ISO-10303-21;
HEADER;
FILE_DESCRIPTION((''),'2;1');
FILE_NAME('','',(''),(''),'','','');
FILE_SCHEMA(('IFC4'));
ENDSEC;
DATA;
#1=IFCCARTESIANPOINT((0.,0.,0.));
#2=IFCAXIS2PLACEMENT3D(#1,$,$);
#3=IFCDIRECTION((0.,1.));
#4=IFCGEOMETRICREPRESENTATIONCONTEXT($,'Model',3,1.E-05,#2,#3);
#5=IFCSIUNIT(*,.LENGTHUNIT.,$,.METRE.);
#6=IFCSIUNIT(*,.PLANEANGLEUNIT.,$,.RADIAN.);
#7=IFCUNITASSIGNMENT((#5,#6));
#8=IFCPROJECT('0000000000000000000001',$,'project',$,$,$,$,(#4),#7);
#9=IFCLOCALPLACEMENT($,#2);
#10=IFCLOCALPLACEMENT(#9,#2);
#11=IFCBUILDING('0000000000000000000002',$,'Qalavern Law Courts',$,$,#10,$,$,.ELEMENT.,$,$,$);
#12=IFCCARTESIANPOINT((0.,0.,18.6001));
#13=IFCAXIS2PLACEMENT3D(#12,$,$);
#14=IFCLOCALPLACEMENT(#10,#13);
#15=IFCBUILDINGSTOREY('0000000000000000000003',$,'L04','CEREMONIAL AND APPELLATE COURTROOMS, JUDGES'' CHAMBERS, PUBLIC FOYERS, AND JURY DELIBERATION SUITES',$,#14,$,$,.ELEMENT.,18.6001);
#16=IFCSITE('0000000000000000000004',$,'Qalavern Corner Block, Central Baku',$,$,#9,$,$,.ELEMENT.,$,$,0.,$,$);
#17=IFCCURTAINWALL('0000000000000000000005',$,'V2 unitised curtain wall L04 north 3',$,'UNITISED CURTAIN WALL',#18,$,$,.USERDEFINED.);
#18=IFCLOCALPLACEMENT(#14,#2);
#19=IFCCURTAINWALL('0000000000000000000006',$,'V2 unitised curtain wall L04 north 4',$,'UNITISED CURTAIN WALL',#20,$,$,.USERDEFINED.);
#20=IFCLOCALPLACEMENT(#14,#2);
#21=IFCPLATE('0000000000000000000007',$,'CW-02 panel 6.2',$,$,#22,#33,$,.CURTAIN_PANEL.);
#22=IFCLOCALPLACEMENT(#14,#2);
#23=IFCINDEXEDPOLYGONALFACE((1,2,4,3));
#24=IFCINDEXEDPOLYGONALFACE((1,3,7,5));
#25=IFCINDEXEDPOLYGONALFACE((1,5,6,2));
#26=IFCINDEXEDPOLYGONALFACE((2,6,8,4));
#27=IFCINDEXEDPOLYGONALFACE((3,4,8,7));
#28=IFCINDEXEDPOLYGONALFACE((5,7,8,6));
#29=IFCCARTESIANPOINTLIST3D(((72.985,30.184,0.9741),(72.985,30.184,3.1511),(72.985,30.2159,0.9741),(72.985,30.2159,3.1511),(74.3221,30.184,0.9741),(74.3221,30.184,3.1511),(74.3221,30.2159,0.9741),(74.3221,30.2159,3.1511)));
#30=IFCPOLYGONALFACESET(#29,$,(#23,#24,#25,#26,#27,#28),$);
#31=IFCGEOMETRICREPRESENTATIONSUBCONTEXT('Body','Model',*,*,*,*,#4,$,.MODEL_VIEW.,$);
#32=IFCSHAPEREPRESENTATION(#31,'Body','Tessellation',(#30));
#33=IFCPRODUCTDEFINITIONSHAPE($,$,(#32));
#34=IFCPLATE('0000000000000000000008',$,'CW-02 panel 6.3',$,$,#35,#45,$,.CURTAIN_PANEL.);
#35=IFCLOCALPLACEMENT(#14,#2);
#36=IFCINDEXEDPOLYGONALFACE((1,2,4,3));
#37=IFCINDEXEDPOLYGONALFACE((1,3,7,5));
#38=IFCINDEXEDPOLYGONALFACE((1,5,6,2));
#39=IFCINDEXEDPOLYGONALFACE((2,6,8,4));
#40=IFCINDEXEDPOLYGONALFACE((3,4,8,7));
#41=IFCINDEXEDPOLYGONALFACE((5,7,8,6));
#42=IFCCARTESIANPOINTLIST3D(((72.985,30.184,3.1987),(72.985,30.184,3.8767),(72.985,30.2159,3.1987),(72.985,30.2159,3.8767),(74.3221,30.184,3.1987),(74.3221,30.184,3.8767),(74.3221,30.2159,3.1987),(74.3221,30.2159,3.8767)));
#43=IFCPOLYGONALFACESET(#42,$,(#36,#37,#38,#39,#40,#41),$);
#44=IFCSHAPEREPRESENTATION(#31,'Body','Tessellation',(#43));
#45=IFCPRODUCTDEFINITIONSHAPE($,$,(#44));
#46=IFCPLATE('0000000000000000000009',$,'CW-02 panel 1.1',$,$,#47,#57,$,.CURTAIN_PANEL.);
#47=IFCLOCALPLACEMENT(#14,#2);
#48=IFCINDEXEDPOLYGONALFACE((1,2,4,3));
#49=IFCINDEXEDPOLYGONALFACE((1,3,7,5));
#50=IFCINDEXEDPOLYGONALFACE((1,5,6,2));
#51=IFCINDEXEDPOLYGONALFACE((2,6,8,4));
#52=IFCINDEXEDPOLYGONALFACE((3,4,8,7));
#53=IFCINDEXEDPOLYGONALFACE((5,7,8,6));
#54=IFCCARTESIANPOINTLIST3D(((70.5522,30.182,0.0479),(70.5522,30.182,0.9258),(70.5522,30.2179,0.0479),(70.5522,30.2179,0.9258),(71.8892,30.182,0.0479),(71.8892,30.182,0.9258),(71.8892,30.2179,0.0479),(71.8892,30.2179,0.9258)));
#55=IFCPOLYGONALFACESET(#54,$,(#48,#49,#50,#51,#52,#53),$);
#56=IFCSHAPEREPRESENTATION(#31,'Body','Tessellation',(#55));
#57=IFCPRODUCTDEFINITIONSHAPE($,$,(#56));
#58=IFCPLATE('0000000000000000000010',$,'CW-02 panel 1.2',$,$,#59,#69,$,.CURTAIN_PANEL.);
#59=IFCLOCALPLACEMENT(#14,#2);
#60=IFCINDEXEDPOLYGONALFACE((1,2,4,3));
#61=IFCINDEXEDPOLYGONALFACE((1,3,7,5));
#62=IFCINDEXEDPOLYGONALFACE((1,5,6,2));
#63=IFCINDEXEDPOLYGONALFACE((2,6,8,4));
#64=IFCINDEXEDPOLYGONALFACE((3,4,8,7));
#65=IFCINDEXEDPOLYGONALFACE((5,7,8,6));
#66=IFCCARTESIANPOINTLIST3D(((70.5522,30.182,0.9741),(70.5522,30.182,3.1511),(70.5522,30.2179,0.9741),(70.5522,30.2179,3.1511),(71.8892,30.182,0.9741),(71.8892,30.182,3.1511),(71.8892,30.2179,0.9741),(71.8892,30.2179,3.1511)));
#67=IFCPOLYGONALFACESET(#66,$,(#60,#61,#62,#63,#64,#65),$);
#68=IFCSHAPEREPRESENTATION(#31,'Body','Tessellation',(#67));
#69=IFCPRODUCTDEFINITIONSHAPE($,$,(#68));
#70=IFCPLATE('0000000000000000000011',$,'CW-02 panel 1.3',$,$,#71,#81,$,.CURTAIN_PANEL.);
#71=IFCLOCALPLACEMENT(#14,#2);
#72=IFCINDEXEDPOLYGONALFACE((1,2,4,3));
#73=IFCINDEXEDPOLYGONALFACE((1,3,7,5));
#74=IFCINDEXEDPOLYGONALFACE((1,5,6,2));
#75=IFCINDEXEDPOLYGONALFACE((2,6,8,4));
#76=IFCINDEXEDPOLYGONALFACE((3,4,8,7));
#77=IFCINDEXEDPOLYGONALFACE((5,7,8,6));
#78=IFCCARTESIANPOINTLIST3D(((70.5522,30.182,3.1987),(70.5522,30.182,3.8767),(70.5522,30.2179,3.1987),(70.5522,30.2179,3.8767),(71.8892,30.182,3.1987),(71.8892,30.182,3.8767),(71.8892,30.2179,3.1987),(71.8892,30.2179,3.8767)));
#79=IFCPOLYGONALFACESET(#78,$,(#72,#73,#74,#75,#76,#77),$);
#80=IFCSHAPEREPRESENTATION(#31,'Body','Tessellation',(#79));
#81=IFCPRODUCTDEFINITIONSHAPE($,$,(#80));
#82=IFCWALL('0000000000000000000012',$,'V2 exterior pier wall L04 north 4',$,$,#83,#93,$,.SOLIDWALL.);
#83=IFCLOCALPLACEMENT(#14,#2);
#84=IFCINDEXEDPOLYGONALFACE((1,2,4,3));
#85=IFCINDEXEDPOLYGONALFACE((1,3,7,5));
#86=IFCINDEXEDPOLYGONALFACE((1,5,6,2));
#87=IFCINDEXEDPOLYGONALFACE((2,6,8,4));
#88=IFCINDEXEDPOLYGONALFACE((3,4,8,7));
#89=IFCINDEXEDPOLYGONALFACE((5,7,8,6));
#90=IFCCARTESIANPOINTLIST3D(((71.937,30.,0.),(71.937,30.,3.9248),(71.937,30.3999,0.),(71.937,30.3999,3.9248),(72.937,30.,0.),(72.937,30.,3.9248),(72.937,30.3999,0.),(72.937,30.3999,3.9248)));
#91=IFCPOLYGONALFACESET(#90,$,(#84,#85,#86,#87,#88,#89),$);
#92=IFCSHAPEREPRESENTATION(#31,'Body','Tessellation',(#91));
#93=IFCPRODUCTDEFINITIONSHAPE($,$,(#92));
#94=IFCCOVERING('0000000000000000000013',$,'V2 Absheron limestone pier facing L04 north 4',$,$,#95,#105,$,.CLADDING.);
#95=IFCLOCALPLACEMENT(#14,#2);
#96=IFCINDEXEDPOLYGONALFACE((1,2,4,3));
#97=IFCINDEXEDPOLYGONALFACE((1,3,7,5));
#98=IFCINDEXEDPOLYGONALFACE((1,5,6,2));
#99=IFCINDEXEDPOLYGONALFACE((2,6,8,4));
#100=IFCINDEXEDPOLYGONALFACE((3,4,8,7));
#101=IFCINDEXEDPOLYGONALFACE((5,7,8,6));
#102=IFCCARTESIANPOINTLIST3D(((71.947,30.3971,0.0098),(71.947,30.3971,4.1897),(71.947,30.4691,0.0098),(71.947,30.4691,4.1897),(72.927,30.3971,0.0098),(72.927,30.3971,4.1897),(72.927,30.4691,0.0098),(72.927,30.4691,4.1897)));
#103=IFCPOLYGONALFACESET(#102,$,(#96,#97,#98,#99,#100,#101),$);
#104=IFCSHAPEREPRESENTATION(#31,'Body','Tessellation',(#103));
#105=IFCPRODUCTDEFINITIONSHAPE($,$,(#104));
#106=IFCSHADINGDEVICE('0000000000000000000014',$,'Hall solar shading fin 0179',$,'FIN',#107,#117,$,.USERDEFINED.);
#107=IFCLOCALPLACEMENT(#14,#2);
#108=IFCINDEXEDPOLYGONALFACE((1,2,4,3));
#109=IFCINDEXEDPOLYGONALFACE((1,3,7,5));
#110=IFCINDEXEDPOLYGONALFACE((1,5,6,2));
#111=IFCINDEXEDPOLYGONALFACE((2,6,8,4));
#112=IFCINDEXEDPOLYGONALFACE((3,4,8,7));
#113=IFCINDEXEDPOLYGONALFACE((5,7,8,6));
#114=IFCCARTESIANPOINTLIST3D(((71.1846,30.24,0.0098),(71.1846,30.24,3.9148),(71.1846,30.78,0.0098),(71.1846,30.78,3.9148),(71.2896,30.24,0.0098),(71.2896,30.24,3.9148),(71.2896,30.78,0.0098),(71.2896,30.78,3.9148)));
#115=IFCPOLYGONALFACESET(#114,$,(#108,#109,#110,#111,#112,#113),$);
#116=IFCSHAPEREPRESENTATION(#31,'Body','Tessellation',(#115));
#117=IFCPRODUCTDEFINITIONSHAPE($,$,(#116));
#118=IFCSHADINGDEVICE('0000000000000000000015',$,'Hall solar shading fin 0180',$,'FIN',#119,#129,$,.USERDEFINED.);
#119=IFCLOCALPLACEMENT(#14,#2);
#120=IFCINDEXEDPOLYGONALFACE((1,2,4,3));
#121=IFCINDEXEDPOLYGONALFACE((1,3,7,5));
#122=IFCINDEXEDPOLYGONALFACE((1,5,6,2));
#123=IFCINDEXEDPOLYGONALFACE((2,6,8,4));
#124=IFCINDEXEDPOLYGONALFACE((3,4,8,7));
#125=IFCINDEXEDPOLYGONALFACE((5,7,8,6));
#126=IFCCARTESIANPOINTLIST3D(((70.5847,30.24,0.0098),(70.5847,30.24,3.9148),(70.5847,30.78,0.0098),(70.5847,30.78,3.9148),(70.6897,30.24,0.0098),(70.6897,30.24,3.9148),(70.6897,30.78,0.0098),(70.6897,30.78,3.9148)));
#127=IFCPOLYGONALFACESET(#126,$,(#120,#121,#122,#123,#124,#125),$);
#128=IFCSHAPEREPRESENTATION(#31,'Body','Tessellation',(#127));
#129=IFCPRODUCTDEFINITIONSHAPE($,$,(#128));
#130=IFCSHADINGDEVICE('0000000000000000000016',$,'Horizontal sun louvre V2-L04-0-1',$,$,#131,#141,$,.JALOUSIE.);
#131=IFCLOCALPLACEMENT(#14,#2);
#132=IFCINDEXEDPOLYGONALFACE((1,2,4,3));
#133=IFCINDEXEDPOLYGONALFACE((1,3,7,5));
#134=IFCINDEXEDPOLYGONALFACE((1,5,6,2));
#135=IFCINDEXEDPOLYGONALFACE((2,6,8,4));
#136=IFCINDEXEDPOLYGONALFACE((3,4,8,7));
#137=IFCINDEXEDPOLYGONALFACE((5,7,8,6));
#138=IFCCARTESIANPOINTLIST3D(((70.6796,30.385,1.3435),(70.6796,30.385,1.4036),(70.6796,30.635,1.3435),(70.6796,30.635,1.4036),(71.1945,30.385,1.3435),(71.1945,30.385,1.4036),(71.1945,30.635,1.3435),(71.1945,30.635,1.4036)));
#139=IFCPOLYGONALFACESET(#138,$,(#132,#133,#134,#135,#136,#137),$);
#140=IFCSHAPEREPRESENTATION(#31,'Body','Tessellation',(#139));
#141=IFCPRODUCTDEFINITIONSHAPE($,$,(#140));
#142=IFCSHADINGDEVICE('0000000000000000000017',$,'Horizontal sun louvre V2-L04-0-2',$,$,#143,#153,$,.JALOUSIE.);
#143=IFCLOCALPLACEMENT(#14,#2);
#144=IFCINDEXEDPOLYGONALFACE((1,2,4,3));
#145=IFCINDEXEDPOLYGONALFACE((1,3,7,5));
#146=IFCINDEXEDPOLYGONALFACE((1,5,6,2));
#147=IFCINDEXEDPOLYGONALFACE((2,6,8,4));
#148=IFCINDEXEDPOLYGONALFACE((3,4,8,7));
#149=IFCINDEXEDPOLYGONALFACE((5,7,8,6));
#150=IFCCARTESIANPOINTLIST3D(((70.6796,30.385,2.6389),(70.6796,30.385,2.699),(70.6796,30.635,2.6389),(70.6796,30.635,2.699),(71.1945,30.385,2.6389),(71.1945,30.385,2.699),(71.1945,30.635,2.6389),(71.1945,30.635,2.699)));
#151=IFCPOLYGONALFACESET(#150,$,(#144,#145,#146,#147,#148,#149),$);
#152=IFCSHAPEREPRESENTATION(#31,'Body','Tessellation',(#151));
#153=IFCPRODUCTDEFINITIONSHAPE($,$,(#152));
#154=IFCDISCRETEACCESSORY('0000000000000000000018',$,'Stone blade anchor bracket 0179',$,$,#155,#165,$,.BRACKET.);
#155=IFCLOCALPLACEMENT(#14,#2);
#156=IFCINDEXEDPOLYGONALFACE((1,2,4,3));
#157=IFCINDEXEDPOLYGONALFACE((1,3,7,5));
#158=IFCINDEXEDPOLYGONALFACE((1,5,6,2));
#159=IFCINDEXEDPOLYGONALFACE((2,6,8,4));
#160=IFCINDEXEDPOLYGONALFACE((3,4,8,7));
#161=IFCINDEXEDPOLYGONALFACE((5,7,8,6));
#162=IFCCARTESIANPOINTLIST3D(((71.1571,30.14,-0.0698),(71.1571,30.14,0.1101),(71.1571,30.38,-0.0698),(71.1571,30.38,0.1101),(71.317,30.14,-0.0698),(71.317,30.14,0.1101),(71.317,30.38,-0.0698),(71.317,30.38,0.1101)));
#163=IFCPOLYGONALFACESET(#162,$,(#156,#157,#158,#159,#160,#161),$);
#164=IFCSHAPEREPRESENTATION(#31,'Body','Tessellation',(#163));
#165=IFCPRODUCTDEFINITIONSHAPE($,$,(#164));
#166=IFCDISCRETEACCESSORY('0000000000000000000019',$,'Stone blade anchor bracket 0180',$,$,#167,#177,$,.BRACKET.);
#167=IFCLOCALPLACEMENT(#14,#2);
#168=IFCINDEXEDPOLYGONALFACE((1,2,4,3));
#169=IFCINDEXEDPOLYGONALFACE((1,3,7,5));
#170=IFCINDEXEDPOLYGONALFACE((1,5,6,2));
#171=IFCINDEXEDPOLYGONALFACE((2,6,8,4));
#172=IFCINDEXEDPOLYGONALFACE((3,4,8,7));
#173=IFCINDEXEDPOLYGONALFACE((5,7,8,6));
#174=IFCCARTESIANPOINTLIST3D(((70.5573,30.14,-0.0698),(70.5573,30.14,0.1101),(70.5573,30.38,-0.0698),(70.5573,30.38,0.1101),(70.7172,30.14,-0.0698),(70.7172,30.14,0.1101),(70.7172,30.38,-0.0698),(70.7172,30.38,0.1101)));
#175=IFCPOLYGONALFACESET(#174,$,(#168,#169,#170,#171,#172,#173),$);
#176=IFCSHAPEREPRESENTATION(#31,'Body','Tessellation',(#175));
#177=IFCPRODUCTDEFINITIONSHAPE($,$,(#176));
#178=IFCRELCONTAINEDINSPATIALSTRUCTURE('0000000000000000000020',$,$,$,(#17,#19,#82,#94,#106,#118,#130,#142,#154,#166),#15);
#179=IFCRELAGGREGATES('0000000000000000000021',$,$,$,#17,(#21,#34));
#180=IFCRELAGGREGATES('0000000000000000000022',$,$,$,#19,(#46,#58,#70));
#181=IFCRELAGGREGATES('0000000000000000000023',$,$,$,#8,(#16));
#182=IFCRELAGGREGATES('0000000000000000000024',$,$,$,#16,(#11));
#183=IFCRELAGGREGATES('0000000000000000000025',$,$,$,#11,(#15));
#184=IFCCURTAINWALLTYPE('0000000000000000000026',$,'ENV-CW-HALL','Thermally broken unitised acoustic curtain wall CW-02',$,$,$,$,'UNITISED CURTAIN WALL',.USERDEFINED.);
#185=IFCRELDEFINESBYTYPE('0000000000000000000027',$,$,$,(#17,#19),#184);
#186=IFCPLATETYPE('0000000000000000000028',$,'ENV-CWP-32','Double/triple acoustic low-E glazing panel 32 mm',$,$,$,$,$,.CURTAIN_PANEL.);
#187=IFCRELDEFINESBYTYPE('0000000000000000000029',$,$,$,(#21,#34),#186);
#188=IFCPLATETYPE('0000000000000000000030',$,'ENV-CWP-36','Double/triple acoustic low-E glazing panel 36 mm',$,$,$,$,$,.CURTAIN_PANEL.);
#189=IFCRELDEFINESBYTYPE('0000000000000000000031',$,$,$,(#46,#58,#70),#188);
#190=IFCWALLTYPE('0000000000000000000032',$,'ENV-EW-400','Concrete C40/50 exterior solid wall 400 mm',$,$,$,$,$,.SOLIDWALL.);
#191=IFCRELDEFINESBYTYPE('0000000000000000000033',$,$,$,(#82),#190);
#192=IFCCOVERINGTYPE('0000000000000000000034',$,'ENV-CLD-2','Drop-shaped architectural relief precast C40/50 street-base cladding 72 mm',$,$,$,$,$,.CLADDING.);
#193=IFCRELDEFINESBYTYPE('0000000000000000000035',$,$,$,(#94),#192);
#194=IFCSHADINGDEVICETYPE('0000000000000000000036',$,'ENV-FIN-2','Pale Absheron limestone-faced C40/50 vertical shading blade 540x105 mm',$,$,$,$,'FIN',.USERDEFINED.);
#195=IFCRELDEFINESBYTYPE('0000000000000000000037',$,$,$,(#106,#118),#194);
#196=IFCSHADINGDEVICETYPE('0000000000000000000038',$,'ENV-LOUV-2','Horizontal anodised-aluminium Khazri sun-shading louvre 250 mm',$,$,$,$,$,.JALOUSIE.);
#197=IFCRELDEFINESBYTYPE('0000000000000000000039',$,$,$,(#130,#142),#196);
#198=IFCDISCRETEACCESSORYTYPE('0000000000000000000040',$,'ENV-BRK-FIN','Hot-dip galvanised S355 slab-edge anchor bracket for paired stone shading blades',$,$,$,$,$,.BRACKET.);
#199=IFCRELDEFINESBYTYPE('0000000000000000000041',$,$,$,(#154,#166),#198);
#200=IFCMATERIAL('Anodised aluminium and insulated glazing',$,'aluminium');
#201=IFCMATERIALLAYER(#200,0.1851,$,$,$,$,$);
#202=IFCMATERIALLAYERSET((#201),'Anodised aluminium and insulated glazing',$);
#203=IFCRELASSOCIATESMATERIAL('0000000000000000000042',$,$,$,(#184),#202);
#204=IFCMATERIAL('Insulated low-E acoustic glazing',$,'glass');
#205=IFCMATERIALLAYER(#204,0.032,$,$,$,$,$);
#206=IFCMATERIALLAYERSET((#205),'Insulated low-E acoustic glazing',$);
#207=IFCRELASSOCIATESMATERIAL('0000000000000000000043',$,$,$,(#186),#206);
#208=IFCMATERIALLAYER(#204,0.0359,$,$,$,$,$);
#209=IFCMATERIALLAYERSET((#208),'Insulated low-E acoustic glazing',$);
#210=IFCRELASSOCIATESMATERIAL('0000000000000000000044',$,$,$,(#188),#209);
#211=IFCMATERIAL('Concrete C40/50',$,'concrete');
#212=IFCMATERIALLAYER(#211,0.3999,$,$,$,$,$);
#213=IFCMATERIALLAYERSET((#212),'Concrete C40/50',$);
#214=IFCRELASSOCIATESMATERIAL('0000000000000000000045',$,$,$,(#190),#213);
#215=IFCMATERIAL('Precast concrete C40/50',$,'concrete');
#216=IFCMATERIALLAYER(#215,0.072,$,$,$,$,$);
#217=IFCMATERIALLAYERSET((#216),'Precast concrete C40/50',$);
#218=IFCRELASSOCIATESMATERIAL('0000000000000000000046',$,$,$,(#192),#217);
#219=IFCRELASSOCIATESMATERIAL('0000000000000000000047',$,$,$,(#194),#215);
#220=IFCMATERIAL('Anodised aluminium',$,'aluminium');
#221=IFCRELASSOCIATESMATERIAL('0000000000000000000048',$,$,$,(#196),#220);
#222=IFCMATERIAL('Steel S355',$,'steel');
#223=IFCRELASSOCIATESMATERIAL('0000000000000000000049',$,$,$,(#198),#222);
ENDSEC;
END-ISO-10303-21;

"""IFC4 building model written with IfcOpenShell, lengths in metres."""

from ifc_helpers import new_model, si_unit, direction, frame, frame_2d, origin, origin_2d, place, context, subcontext, project, spatial, rectangle, extrude, material, layer, layer_set, type_object, element, aggregate, save


model = new_model("IFC4")

# Units and contexts
model_context = context("Model", 3, precision=1e-05, world=origin(), true_north=direction((0.0, 1.0)))
body_context = subcontext(model_context, "Body", "Model", "MODEL_VIEW")
ifc_project = project(units=[si_unit("LENGTHUNIT", "METRE"), si_unit("PLANEANGLEUNIT", "RADIAN")], contexts=[model_context])

# Site, building, storey
site_placement = place(None, origin())
site = spatial("IfcSite", under=ifc_project, at=site_placement, Name="Qalavern Corner Block, Central Baku", CompositionType="ELEMENT", RefElevation=0.0)
building_placement = place(site_placement, origin())
building = spatial("IfcBuilding", under=site, at=building_placement, Name="Qalavern Law Courts", CompositionType="ELEMENT")
storey_placement = place(building_placement, frame((0.0, 0.0, 18.6001)))
storey = spatial("IfcBuildingStorey", under=building, at=storey_placement, Name="L04", Description="CEREMONIAL AND APPELLATE COURTROOMS, JUDGES' CHAMBERS, PUBLIC FOYERS, AND JURY DELIBERATION SUITES", CompositionType="ELEMENT", Elevation=18.6001)

# Curtain walls
ifc_material_1 = material(Name="Anodised aluminium and insulated glazing", Category="aluminium")
ifc_layer_1 = layer(ifc_material_1, 0.1851)
ifc_layer_set_1 = layer_set([ifc_layer_1], Name="Anodised aluminium and insulated glazing")
curtain_wall_type = type_object("IfcCurtainWallType", Name="ENV-CW-HALL", Description="Thermally broken unitised acoustic curtain wall CW-02", ElementType="UNITISED CURTAIN WALL", PredefinedType="USERDEFINED", material=ifc_layer_set_1)
curtain_wall_1_placement = place(storey_placement, origin())
curtain_wall_1 = element("IfcCurtainWall", 1, at=curtain_wall_1_placement, inside=storey, type_object=curtain_wall_type, Name="V2 unitised curtain wall L04 north 3", ObjectType="UNITISED CURTAIN WALL", PredefinedType="USERDEFINED")
ifc_material_2 = material(Name="Anodised aluminium", Category="aluminium")
curtain_wall_2_placement = place(storey_placement, origin())
curtain_wall_2 = element("IfcCurtainWall", 2, at=curtain_wall_2_placement, inside=storey, type_object=curtain_wall_type, Name="V2 unitised curtain wall L04 north 4", ObjectType="UNITISED CURTAIN WALL", PredefinedType="USERDEFINED")

# Plates
ifc_material_3 = material(Name="Insulated low-E acoustic glazing", Category="glass")
ifc_layer_2 = layer(ifc_material_3, 0.032)
ifc_layer_set_2 = layer_set([ifc_layer_2], Name="Insulated low-E acoustic glazing")
plate_type_1 = type_object("IfcPlateType", Name="ENV-CWP-32", Description="Double/triple acoustic low-E glazing panel 32 mm", PredefinedType="CURTAIN_PANEL", material=ifc_layer_set_2)
plate_1_placement = place(storey_placement, frame((73.6536, 30.2, 0.9741), z_axis=(0.0, 0.0, 1.0), x_axis=(-1.0, 0.0, 0.0)))
plate_1 = element("IfcPlate", 3, at=plate_1_placement, type_object=plate_type_1, Name="CW-02 panel 6.2", PredefinedType="CURTAIN_PANEL", context=body_context, shape_type="SweptSolid", body=[
    extrude(rectangle(XDim=1.3372, YDim=0.032, at=origin_2d()), origin(), (0.0, 0.0, 1.0), 2.177),
])
plate_2_placement = place(storey_placement, frame((73.6536, 30.2, 3.1987), z_axis=(0.0, 0.0, 1.0), x_axis=(-1.0, 0.0, 0.0)))
plate_2 = element("IfcPlate", 4, at=plate_2_placement, type_object=plate_type_1, Name="CW-02 panel 6.3", PredefinedType="CURTAIN_PANEL", context=body_context, shape_type="SweptSolid", body=[
    extrude(rectangle(XDim=1.3372, YDim=0.032, at=origin_2d()), origin(), (0.0, 0.0, 1.0), 0.678),
])
aggregate(curtain_wall_1, [plate_1, plate_2])
ifc_layer_3 = layer(ifc_material_3, 0.0359)
ifc_layer_set_3 = layer_set([ifc_layer_3], Name="Insulated low-E acoustic glazing")
plate_type_2 = type_object("IfcPlateType", Name="ENV-CWP-36", Description="Double/triple acoustic low-E glazing panel 36 mm", PredefinedType="CURTAIN_PANEL", material=ifc_layer_set_3)
plate_3_placement = place(storey_placement, frame((71.2207, 30.2, 0.0479), z_axis=(0.0, 0.0, 1.0), x_axis=(-1.0, 0.0, 0.0)))
plate_3 = element("IfcPlate", 5, at=plate_3_placement, type_object=plate_type_2, Name="CW-02 panel 1.1", PredefinedType="CURTAIN_PANEL", context=body_context, shape_type="SweptSolid", body=[
    extrude(rectangle(XDim=1.3369, YDim=0.0359, at=origin_2d()), origin(), (0.0, 0.0, 1.0), 0.8779),
])
plate_4_placement = place(storey_placement, frame((71.2207, 30.2, 0.9741), z_axis=(0.0, 0.0, 1.0), x_axis=(-1.0, 0.0, 0.0)))
plate_4 = element("IfcPlate", 6, at=plate_4_placement, type_object=plate_type_2, Name="CW-02 panel 1.2", PredefinedType="CURTAIN_PANEL", context=body_context, shape_type="SweptSolid", body=[
    extrude(rectangle(XDim=1.3369, YDim=0.0359, at=origin_2d()), origin(), (0.0, 0.0, 1.0), 2.177),
])
plate_5_placement = place(storey_placement, frame((71.2207, 30.2, 3.1987), z_axis=(0.0, 0.0, 1.0), x_axis=(-1.0, 0.0, 0.0)))
plate_5 = element("IfcPlate", 7, at=plate_5_placement, type_object=plate_type_2, Name="CW-02 panel 1.3", PredefinedType="CURTAIN_PANEL", context=body_context, shape_type="SweptSolid", body=[
    extrude(rectangle(XDim=1.3369, YDim=0.0359, at=origin_2d()), origin(), (0.0, 0.0, 1.0), 0.678),
])
aggregate(curtain_wall_2, [plate_3, plate_4, plate_5])

# Wall
ifc_material_4 = material(Name="Concrete C40/50", Category="concrete")
ifc_layer_4 = layer(ifc_material_4, 0.3999)
ifc_layer_set_4 = layer_set([ifc_layer_4], Name="Concrete C40/50")
wall_type = type_object("IfcWallType", Name="ENV-EW-400", Description="Concrete C40/50 exterior solid wall 400 mm", PredefinedType="SOLIDWALL", material=ifc_layer_set_4)
wall_placement = place(storey_placement, frame((72.937, 30.2, 0.0), z_axis=(0.0, 0.0, 1.0), x_axis=(-1.0, 0.0, 0.0)))
element("IfcWall", 8, at=wall_placement, inside=storey, type_object=wall_type, Name="V2 exterior pier wall L04 north 4", PredefinedType="SOLIDWALL", context=body_context, shape_type="SweptSolid", body=[
    extrude(rectangle(XDim=1.0, YDim=0.3999, at=frame_2d((0.5, 0.0))), origin(), (0.0, 0.0, 1.0), 3.9248),
])

# Covering
ifc_material_5 = material(Name="Precast concrete C40/50", Category="concrete")
ifc_layer_5 = layer(ifc_material_5, 0.072)
ifc_layer_set_5 = layer_set([ifc_layer_5], Name="Precast concrete C40/50")
covering_type = type_object("IfcCoveringType", Name="ENV-CLD-2", Description="Drop-shaped architectural relief precast C40/50 street-base cladding 72 mm", PredefinedType="CLADDING", material=ifc_layer_set_5)
covering_placement = place(storey_placement, frame((72.437, 30.4331, 0.0098), z_axis=(0.0, 0.0, 1.0), x_axis=(-1.0, 0.0, 0.0)))
element("IfcCovering", 9, at=covering_placement, inside=storey, type_object=covering_type, Name="V2 Absheron limestone pier facing L04 north 4", PredefinedType="CLADDING", context=body_context, shape_type="SweptSolid", body=[
    extrude(rectangle(XDim=0.98, YDim=0.072, at=origin_2d()), origin(), (0.0, 0.0, 1.0), 4.1799),
])

# Shading devices
shading_device_type_1 = type_object("IfcShadingDeviceType", Name="ENV-FIN-2", Description="Pale Absheron limestone-faced C40/50 vertical shading blade 540x105 mm", ElementType="FIN", PredefinedType="USERDEFINED", material=ifc_material_5)
for number, where, z_axis, x_axis, name in (
    (10, (71.2371, 30.51, 0.0098), (0.0, 0.0, 1.0), (0.0, 1.0, 0.0), "Hall solar shading fin 0179"),
    (11, (70.6372, 30.51, 0.0098), (0.0, 0.0, 1.0), (0.0, 1.0, 0.0), "Hall solar shading fin 0180"),
):
    element("IfcShadingDevice", number, at=place(storey_placement, frame(where, z_axis=z_axis, x_axis=x_axis)), inside=storey, type_object=shading_device_type_1, Name=name, ObjectType="FIN", PredefinedType="USERDEFINED", context=body_context, shape_type="SweptSolid", body=[
        extrude(rectangle(XDim=0.54, YDim=0.105, at=origin_2d()), origin(), (0.0, 0.0, 1.0), 3.905),
    ])
shading_device_type_2 = type_object("IfcShadingDeviceType", Name="ENV-LOUV-2", Description="Horizontal anodised-aluminium Khazri sun-shading louvre 250 mm", PredefinedType="JALOUSIE", material=ifc_material_2)
for number, where, z_axis, x_axis, name in (
    (12, (70.937, 30.51, 1.3435), (0.0, 0.0, 1.0), (-1.0, 0.0, 0.0), "Horizontal sun louvre V2-L04-0-1"),
    (13, (70.937, 30.51, 2.6389), (0.0, 0.0, 1.0), (-1.0, 0.0, 0.0), "Horizontal sun louvre V2-L04-0-2"),
):
    element("IfcShadingDevice", number, at=place(storey_placement, frame(where, z_axis=z_axis, x_axis=x_axis)), inside=storey, type_object=shading_device_type_2, Name=name, PredefinedType="JALOUSIE", context=body_context, shape_type="SweptSolid", body=[
        extrude(rectangle(XDim=0.5149, YDim=0.25, at=origin_2d()), origin(), (0.0, 0.0, 1.0), 0.0601),
    ])

# Discrete accessories
ifc_material_6 = material(Name="Steel S355", Category="steel")
discrete_accessory_type = type_object("IfcDiscreteAccessoryType", Name="ENV-BRK-FIN", Description="Hot-dip galvanised S355 slab-edge anchor bracket for paired stone shading blades", PredefinedType="BRACKET", material=ifc_material_6)
for number, where, z_axis, x_axis, name in (
    (14, (71.2371, 30.26, -0.0698), (0.0, 0.0, 1.0), (0.0, 1.0, 0.0), "Stone blade anchor bracket 0179"),
    (15, (70.6372, 30.26, -0.0698), (0.0, 0.0, 1.0), (0.0, 1.0, 0.0), "Stone blade anchor bracket 0180"),
):
    element("IfcDiscreteAccessory", number, at=place(storey_placement, frame(where, z_axis=z_axis, x_axis=x_axis)), inside=storey, type_object=discrete_accessory_type, Name=name, PredefinedType="BRACKET", context=body_context, shape_type="SweptSolid", body=[
        extrude(rectangle(XDim=0.24, YDim=0.1599, at=origin_2d()), origin(), (0.0, 0.0, 1.0), 0.1799),
    ])

save(model, "model.ifc")
